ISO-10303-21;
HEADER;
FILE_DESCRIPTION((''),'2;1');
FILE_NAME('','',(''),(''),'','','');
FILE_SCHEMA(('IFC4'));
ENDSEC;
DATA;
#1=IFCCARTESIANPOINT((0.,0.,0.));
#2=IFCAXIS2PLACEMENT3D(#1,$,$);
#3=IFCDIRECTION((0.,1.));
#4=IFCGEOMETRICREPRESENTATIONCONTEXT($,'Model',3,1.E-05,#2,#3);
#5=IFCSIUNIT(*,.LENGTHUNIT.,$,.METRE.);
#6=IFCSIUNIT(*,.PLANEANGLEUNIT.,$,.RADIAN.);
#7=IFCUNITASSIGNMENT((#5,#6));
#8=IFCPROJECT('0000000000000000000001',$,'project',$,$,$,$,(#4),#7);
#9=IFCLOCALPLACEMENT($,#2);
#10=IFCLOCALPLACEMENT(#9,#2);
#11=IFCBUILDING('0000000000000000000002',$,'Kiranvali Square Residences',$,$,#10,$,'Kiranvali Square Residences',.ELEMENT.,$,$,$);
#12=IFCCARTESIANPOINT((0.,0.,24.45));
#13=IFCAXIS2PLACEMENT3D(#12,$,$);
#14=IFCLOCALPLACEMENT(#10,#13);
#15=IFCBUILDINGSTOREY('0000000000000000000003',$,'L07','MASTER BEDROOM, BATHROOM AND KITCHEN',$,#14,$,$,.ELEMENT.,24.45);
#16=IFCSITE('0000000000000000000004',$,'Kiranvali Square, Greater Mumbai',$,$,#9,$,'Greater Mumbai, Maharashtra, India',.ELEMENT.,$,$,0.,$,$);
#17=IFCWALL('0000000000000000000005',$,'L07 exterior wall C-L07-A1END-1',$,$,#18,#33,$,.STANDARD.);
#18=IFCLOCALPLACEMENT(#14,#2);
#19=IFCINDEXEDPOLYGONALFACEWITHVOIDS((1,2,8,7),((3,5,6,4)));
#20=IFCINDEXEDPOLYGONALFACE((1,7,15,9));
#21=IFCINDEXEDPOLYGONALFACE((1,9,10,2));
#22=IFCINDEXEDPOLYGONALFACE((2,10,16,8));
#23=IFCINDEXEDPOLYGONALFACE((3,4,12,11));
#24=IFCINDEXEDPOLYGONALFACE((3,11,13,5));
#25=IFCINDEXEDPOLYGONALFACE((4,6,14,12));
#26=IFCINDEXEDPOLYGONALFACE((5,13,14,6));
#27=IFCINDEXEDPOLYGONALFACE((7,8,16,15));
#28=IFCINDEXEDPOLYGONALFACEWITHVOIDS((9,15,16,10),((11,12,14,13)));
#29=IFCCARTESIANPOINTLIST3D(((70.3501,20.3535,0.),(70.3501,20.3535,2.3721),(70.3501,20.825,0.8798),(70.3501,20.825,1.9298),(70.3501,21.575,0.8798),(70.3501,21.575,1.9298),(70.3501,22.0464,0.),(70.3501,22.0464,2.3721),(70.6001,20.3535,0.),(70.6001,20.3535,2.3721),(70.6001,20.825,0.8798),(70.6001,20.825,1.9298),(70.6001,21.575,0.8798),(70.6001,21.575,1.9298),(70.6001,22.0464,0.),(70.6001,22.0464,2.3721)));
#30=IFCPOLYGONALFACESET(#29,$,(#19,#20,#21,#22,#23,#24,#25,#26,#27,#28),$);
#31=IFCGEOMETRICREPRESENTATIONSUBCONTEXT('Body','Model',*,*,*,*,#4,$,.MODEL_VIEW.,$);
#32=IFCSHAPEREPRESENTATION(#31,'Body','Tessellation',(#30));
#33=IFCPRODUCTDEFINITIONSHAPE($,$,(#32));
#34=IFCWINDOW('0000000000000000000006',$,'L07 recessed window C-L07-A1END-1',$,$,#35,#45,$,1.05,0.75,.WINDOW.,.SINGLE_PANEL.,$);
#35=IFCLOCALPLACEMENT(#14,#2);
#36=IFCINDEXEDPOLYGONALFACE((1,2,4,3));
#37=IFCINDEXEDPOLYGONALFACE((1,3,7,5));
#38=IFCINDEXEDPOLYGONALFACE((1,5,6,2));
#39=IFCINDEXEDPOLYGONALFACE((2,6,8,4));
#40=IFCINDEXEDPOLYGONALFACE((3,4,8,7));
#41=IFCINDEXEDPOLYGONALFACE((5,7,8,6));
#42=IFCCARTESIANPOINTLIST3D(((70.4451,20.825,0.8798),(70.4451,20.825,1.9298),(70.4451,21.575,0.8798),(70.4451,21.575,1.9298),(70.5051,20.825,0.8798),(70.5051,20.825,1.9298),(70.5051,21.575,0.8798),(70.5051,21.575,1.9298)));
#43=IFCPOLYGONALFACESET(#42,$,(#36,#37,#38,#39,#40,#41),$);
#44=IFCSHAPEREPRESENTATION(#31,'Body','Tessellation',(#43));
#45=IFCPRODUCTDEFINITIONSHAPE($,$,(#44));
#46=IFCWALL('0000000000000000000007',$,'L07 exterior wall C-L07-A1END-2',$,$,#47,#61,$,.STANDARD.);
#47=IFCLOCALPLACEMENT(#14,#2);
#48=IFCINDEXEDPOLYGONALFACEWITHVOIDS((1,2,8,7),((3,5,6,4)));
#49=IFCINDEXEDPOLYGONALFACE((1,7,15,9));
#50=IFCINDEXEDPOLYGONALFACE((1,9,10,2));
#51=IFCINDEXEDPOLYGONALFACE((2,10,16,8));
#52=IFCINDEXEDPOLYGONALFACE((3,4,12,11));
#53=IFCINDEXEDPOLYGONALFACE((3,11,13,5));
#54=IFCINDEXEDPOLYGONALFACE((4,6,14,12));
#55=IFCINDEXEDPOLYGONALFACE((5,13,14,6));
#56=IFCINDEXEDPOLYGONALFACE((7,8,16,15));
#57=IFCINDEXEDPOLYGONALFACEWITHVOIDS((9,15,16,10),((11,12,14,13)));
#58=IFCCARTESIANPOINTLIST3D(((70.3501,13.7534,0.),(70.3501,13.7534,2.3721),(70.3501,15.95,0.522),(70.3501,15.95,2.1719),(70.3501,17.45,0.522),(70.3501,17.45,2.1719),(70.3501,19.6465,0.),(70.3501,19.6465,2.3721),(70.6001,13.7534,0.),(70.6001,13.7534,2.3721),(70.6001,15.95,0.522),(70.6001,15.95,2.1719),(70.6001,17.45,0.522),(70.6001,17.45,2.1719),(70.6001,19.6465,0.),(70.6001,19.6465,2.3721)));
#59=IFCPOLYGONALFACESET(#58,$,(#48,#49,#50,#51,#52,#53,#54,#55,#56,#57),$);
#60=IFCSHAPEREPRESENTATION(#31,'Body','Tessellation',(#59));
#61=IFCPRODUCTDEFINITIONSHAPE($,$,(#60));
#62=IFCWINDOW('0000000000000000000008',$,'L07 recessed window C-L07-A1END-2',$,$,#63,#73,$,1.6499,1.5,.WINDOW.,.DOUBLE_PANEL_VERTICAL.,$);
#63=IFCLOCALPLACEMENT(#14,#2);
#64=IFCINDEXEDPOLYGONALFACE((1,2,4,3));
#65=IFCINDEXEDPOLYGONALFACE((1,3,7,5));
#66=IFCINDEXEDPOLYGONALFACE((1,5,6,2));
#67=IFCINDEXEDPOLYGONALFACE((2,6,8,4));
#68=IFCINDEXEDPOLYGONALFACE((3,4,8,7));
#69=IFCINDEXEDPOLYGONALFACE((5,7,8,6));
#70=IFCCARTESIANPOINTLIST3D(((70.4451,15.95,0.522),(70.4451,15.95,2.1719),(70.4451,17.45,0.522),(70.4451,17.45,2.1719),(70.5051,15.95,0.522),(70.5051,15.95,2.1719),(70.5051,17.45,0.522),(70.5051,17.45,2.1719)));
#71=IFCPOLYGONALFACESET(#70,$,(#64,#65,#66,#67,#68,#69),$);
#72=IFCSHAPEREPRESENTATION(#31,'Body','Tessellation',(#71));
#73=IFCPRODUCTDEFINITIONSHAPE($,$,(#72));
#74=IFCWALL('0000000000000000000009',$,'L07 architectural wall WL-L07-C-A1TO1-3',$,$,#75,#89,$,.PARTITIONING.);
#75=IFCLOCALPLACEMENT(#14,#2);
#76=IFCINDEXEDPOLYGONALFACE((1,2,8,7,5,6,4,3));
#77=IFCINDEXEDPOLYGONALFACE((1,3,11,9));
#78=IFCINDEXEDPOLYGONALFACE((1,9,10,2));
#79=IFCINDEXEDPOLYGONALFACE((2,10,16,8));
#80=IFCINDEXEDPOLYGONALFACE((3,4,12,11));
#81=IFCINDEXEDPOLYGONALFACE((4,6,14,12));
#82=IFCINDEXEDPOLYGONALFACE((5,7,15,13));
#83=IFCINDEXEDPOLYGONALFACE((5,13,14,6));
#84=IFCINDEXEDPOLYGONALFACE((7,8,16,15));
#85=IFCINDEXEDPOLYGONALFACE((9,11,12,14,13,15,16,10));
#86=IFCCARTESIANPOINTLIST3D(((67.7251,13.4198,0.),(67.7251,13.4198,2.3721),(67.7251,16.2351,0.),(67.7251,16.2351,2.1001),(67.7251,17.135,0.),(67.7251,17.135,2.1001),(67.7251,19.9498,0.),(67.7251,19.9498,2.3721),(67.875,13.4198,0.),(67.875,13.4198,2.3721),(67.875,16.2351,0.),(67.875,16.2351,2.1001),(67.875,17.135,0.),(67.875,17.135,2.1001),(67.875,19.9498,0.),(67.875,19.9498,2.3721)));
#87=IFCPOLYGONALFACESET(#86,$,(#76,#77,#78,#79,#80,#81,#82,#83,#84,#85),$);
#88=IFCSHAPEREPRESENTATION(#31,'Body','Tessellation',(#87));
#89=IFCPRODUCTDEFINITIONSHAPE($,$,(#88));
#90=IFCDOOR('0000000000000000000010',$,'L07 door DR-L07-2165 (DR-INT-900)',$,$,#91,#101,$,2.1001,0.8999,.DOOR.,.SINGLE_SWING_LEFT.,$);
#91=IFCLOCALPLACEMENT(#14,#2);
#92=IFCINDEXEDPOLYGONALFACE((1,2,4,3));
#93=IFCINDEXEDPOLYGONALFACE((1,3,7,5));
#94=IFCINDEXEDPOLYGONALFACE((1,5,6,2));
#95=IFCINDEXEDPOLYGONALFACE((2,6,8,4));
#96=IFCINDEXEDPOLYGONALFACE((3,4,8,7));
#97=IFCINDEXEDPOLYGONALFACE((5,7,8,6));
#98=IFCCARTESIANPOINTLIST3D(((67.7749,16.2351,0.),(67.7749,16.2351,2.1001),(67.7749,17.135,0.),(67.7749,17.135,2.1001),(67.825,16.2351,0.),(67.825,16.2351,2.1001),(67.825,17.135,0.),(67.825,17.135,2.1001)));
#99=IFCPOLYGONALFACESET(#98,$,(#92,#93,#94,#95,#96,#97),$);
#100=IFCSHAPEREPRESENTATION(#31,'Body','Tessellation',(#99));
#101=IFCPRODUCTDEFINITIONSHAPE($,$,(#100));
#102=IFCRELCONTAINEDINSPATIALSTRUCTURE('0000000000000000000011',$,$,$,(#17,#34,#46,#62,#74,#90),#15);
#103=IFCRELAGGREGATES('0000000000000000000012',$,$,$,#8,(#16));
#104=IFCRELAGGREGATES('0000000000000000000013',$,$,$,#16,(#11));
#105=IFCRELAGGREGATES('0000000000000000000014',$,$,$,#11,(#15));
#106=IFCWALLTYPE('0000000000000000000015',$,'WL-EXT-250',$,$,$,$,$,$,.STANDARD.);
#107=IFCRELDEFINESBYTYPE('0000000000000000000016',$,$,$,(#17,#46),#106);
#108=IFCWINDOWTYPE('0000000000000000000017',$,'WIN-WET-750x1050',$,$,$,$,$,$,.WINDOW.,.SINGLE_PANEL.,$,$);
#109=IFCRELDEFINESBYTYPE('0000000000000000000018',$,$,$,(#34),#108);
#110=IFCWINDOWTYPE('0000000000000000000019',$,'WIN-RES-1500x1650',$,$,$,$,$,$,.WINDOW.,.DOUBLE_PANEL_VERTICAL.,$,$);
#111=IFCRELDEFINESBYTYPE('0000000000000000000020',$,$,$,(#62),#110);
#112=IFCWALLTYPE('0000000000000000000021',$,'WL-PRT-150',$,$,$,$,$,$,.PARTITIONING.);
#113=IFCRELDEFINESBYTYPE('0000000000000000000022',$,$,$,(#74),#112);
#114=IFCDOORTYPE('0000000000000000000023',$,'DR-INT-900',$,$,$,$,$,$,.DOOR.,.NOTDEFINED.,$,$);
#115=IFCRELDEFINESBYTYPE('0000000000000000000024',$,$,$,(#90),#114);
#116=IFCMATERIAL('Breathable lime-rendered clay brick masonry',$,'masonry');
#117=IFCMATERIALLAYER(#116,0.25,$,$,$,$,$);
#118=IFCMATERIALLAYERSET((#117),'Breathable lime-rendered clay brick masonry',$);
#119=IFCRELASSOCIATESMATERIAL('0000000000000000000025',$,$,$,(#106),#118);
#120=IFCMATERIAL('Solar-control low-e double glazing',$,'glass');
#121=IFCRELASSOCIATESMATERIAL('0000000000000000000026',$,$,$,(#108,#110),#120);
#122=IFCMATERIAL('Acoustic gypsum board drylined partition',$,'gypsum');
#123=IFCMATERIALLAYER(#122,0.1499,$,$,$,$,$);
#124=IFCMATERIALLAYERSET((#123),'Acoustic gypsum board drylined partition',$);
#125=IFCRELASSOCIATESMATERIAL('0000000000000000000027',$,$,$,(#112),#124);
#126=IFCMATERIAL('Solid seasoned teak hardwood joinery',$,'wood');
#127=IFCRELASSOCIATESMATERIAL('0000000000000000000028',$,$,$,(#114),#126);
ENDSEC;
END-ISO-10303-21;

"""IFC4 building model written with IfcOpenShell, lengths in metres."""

from ifc_helpers import new_model, si_unit, direction, frame, frame_2d, origin, place, context, subcontext, project, spatial, rectangle, extrude, material, layer, layer_set, type_object, element, fill, save


model = new_model("IFC4")

# Units and contexts
model_context = context("Model", 3, precision=1e-05, world=origin(), true_north=direction((0.0, 1.0)))
body_context = subcontext(model_context, "Body", "Model", "MODEL_VIEW")
ifc_project = project(units=[si_unit("LENGTHUNIT", "METRE"), si_unit("PLANEANGLEUNIT", "RADIAN")], contexts=[model_context])

# Site, building, storey
site_placement = place(None, origin())
site = spatial("IfcSite", under=ifc_project, at=site_placement, Name="Kiranvali Square, Greater Mumbai", LongName="Greater Mumbai, Maharashtra, India", CompositionType="ELEMENT", RefElevation=0.0)
building_placement = place(site_placement, origin())
building = spatial("IfcBuilding", under=site, at=building_placement, Name="Kiranvali Square Residences", LongName="Kiranvali Square Residences", CompositionType="ELEMENT")
storey_placement = place(building_placement, frame((0.0, 0.0, 24.45)))
storey = spatial("IfcBuildingStorey", under=building, at=storey_placement, Name="L07", Description="MASTER BEDROOM, BATHROOM AND KITCHEN", CompositionType="ELEMENT", Elevation=24.45)

# Walls, openings, windows
ifc_material_1 = material(Name="Breathable lime-rendered clay brick masonry", Category="masonry")
ifc_layer_1 = layer(ifc_material_1, 0.25)
ifc_layer_set_1 = layer_set([ifc_layer_1], Name="Breathable lime-rendered clay brick masonry")
wall_type_1 = type_object("IfcWallType", Name="WL-EXT-250", PredefinedType="STANDARD", material=ifc_layer_set_1)
wall_1_placement = place(storey_placement, frame((70.4751, 22.0464, 0.0), z_axis=(0.0, 0.0, 1.0), x_axis=(0.0, -1.0, 0.0)))
wall_1 = element("IfcWall", 1, at=wall_1_placement, inside=storey, type_object=wall_type_1, Name="L07 exterior wall C-L07-A1END-1", PredefinedType="STANDARD", context=body_context, shape_type="SweptSolid", body=[
    extrude(rectangle(XDim=1.6929, YDim=0.25, at=frame_2d((0.8464, 0.0))), origin(), (0.0, 0.0, 1.0), 2.3721),
])
opening_1_placement = place(wall_1_placement, frame((0.4714, 0.0, 0.8799)))
opening_1 = element("IfcOpeningElement", 2, at=opening_1_placement, cuts=wall_1, PredefinedType="OPENING", context=body_context, shape_type="SweptSolid", body=[
    extrude(rectangle(XDim=0.75, YDim=1.05, at=frame_2d((0.375, 0.5249))), frame((0.0, 0.135, 0.0), z_axis=(0.0, -1.0, 0.0), x_axis=(1.0, 0.0, 0.0)), (0.0, 0.0, 1.0), 0.27),
])
ifc_material_2 = material(Name="Solar-control low-e double glazing", Category="glass")
window_type_1 = type_object("IfcWindowType", Name="WIN-WET-750x1050", PartitioningType="SINGLE_PANEL", PredefinedType="WINDOW", material=ifc_material_2)
window_1_placement = place(opening_1_placement, origin())
window_1 = element("IfcWindow", 3, at=window_1_placement, inside=storey, type_object=window_type_1, Name="L07 recessed window C-L07-A1END-1", OverallHeight=1.05, OverallWidth=0.75, PartitioningType="SINGLE_PANEL", PredefinedType="WINDOW", context=body_context, shape_type="SweptSolid", body=[
    extrude(rectangle(XDim=0.75, YDim=1.05, at=frame_2d((0.375, 0.5249))), frame((0.0, 0.03, 0.0), z_axis=(0.0, -1.0, 0.0), x_axis=(1.0, 0.0, 0.0)), (0.0, 0.0, 1.0), 0.0601),
])
fill(opening_1, window_1)
wall_2_placement = place(storey_placement, frame((70.4751, 19.6465, 0.0), z_axis=(0.0, 0.0, 1.0), x_axis=(0.0, -1.0, 0.0)))
wall_2 = element("IfcWall", 4, at=wall_2_placement, inside=storey, type_object=wall_type_1, Name="L07 exterior wall C-L07-A1END-2", PredefinedType="STANDARD", context=body_context, shape_type="SweptSolid", body=[
    extrude(rectangle(XDim=5.8931, YDim=0.25, at=frame_2d((2.9465, 0.0))), origin(), (0.0, 0.0, 1.0), 2.3721),
])
opening_2_placement = place(wall_2_placement, frame((2.1965, 0.0, 0.522)))
opening_2 = element("IfcOpeningElement", 5, at=opening_2_placement, cuts=wall_2, PredefinedType="OPENING", context=body_context, shape_type="SweptSolid", body=[
    extrude(rectangle(XDim=1.5, YDim=1.6499, at=frame_2d((0.75, 0.825))), frame((0.0, 0.135, 0.0), z_axis=(0.0, -1.0, 0.0), x_axis=(1.0, 0.0, 0.0)), (0.0, 0.0, 1.0), 0.27),
])
window_type_2 = type_object("IfcWindowType", Name="WIN-RES-1500x1650", PartitioningType="DOUBLE_PANEL_VERTICAL", PredefinedType="WINDOW", material=ifc_material_2)
window_2_placement = place(opening_2_placement, origin())
window_2 = element("IfcWindow", 6, at=window_2_placement, inside=storey, type_object=window_type_2, Name="L07 recessed window C-L07-A1END-2", OverallHeight=1.6499, OverallWidth=1.5, PartitioningType="DOUBLE_PANEL_VERTICAL", PredefinedType="WINDOW", context=body_context, shape_type="SweptSolid", body=[
    extrude(rectangle(XDim=1.5, YDim=1.6499, at=frame_2d((0.75, 0.825))), frame((0.0, 0.03, 0.0), z_axis=(0.0, -1.0, 0.0), x_axis=(1.0, 0.0, 0.0)), (0.0, 0.0, 1.0), 0.0601),
])
fill(opening_2, window_2)

# Wall, opening, door
ifc_material_3 = material(Name="Acoustic gypsum board drylined partition", Category="gypsum")
ifc_layer_2 = layer(ifc_material_3, 0.1499)
ifc_layer_set_2 = layer_set([ifc_layer_2], Name="Acoustic gypsum board drylined partition")
wall_type_2 = type_object("IfcWallType", Name="WL-PRT-150", PredefinedType="PARTITIONING", material=ifc_layer_set_2)
wall_3_placement = place(storey_placement, frame((67.8, 19.95, 0.0), z_axis=(0.0, 0.0, 1.0), x_axis=(0.0, -1.0, 0.0)))
wall_3 = element("IfcWall", 7, at=wall_3_placement, inside=storey, type_object=wall_type_2, Name="L07 architectural wall WL-L07-C-A1TO1-3", PredefinedType="PARTITIONING", context=body_context, shape_type="SweptSolid", body=[
    extrude(rectangle(XDim=6.53, YDim=0.1499, at=frame_2d((3.2651, 0.0))), origin(), (0.0, 0.0, 1.0), 2.3721),
])
opening_3_placement = place(wall_3_placement, frame((2.8149, 0.0, 0.0)))
opening_3 = element("IfcOpeningElement", 8, at=opening_3_placement, cuts=wall_3, PredefinedType="OPENING", context=body_context, shape_type="SweptSolid", body=[
    extrude(rectangle(XDim=0.8999, YDim=2.1001, at=frame_2d((0.45, 1.05))), frame((0.0, 0.085, 0.0), z_axis=(0.0, -1.0, 0.0), x_axis=(1.0, 0.0, 0.0)), (0.0, 0.0, 1.0), 0.1699),
])
ifc_material_4 = material(Name="Solid seasoned teak hardwood joinery", Category="wood")
door_type_1 = type_object("IfcDoorType", Name="DR-INT-900", OperationType="NOTDEFINED", PredefinedType="DOOR", material=ifc_material_4)
door_1_placement = place(opening_3_placement, origin())
door_1 = element("IfcDoor", 9, at=door_1_placement, inside=storey, type_object=door_type_1, Name="L07 door DR-L07-2165 (DR-INT-900)", OperationType="SINGLE_SWING_LEFT", OverallHeight=2.1001, OverallWidth=0.8999, PredefinedType="DOOR", context=body_context, shape_type="SweptSolid", body=[
    extrude(rectangle(XDim=0.8999, YDim=2.1001, at=frame_2d((0.45, 1.05))), frame((0.0, 0.0249, 0.0), z_axis=(0.0, -1.0, 0.0), x_axis=(1.0, 0.0, 0.0)), (0.0, 0.0, 1.0), 0.05),
])
fill(opening_3, door_1)

save(model, "model.ifc")
